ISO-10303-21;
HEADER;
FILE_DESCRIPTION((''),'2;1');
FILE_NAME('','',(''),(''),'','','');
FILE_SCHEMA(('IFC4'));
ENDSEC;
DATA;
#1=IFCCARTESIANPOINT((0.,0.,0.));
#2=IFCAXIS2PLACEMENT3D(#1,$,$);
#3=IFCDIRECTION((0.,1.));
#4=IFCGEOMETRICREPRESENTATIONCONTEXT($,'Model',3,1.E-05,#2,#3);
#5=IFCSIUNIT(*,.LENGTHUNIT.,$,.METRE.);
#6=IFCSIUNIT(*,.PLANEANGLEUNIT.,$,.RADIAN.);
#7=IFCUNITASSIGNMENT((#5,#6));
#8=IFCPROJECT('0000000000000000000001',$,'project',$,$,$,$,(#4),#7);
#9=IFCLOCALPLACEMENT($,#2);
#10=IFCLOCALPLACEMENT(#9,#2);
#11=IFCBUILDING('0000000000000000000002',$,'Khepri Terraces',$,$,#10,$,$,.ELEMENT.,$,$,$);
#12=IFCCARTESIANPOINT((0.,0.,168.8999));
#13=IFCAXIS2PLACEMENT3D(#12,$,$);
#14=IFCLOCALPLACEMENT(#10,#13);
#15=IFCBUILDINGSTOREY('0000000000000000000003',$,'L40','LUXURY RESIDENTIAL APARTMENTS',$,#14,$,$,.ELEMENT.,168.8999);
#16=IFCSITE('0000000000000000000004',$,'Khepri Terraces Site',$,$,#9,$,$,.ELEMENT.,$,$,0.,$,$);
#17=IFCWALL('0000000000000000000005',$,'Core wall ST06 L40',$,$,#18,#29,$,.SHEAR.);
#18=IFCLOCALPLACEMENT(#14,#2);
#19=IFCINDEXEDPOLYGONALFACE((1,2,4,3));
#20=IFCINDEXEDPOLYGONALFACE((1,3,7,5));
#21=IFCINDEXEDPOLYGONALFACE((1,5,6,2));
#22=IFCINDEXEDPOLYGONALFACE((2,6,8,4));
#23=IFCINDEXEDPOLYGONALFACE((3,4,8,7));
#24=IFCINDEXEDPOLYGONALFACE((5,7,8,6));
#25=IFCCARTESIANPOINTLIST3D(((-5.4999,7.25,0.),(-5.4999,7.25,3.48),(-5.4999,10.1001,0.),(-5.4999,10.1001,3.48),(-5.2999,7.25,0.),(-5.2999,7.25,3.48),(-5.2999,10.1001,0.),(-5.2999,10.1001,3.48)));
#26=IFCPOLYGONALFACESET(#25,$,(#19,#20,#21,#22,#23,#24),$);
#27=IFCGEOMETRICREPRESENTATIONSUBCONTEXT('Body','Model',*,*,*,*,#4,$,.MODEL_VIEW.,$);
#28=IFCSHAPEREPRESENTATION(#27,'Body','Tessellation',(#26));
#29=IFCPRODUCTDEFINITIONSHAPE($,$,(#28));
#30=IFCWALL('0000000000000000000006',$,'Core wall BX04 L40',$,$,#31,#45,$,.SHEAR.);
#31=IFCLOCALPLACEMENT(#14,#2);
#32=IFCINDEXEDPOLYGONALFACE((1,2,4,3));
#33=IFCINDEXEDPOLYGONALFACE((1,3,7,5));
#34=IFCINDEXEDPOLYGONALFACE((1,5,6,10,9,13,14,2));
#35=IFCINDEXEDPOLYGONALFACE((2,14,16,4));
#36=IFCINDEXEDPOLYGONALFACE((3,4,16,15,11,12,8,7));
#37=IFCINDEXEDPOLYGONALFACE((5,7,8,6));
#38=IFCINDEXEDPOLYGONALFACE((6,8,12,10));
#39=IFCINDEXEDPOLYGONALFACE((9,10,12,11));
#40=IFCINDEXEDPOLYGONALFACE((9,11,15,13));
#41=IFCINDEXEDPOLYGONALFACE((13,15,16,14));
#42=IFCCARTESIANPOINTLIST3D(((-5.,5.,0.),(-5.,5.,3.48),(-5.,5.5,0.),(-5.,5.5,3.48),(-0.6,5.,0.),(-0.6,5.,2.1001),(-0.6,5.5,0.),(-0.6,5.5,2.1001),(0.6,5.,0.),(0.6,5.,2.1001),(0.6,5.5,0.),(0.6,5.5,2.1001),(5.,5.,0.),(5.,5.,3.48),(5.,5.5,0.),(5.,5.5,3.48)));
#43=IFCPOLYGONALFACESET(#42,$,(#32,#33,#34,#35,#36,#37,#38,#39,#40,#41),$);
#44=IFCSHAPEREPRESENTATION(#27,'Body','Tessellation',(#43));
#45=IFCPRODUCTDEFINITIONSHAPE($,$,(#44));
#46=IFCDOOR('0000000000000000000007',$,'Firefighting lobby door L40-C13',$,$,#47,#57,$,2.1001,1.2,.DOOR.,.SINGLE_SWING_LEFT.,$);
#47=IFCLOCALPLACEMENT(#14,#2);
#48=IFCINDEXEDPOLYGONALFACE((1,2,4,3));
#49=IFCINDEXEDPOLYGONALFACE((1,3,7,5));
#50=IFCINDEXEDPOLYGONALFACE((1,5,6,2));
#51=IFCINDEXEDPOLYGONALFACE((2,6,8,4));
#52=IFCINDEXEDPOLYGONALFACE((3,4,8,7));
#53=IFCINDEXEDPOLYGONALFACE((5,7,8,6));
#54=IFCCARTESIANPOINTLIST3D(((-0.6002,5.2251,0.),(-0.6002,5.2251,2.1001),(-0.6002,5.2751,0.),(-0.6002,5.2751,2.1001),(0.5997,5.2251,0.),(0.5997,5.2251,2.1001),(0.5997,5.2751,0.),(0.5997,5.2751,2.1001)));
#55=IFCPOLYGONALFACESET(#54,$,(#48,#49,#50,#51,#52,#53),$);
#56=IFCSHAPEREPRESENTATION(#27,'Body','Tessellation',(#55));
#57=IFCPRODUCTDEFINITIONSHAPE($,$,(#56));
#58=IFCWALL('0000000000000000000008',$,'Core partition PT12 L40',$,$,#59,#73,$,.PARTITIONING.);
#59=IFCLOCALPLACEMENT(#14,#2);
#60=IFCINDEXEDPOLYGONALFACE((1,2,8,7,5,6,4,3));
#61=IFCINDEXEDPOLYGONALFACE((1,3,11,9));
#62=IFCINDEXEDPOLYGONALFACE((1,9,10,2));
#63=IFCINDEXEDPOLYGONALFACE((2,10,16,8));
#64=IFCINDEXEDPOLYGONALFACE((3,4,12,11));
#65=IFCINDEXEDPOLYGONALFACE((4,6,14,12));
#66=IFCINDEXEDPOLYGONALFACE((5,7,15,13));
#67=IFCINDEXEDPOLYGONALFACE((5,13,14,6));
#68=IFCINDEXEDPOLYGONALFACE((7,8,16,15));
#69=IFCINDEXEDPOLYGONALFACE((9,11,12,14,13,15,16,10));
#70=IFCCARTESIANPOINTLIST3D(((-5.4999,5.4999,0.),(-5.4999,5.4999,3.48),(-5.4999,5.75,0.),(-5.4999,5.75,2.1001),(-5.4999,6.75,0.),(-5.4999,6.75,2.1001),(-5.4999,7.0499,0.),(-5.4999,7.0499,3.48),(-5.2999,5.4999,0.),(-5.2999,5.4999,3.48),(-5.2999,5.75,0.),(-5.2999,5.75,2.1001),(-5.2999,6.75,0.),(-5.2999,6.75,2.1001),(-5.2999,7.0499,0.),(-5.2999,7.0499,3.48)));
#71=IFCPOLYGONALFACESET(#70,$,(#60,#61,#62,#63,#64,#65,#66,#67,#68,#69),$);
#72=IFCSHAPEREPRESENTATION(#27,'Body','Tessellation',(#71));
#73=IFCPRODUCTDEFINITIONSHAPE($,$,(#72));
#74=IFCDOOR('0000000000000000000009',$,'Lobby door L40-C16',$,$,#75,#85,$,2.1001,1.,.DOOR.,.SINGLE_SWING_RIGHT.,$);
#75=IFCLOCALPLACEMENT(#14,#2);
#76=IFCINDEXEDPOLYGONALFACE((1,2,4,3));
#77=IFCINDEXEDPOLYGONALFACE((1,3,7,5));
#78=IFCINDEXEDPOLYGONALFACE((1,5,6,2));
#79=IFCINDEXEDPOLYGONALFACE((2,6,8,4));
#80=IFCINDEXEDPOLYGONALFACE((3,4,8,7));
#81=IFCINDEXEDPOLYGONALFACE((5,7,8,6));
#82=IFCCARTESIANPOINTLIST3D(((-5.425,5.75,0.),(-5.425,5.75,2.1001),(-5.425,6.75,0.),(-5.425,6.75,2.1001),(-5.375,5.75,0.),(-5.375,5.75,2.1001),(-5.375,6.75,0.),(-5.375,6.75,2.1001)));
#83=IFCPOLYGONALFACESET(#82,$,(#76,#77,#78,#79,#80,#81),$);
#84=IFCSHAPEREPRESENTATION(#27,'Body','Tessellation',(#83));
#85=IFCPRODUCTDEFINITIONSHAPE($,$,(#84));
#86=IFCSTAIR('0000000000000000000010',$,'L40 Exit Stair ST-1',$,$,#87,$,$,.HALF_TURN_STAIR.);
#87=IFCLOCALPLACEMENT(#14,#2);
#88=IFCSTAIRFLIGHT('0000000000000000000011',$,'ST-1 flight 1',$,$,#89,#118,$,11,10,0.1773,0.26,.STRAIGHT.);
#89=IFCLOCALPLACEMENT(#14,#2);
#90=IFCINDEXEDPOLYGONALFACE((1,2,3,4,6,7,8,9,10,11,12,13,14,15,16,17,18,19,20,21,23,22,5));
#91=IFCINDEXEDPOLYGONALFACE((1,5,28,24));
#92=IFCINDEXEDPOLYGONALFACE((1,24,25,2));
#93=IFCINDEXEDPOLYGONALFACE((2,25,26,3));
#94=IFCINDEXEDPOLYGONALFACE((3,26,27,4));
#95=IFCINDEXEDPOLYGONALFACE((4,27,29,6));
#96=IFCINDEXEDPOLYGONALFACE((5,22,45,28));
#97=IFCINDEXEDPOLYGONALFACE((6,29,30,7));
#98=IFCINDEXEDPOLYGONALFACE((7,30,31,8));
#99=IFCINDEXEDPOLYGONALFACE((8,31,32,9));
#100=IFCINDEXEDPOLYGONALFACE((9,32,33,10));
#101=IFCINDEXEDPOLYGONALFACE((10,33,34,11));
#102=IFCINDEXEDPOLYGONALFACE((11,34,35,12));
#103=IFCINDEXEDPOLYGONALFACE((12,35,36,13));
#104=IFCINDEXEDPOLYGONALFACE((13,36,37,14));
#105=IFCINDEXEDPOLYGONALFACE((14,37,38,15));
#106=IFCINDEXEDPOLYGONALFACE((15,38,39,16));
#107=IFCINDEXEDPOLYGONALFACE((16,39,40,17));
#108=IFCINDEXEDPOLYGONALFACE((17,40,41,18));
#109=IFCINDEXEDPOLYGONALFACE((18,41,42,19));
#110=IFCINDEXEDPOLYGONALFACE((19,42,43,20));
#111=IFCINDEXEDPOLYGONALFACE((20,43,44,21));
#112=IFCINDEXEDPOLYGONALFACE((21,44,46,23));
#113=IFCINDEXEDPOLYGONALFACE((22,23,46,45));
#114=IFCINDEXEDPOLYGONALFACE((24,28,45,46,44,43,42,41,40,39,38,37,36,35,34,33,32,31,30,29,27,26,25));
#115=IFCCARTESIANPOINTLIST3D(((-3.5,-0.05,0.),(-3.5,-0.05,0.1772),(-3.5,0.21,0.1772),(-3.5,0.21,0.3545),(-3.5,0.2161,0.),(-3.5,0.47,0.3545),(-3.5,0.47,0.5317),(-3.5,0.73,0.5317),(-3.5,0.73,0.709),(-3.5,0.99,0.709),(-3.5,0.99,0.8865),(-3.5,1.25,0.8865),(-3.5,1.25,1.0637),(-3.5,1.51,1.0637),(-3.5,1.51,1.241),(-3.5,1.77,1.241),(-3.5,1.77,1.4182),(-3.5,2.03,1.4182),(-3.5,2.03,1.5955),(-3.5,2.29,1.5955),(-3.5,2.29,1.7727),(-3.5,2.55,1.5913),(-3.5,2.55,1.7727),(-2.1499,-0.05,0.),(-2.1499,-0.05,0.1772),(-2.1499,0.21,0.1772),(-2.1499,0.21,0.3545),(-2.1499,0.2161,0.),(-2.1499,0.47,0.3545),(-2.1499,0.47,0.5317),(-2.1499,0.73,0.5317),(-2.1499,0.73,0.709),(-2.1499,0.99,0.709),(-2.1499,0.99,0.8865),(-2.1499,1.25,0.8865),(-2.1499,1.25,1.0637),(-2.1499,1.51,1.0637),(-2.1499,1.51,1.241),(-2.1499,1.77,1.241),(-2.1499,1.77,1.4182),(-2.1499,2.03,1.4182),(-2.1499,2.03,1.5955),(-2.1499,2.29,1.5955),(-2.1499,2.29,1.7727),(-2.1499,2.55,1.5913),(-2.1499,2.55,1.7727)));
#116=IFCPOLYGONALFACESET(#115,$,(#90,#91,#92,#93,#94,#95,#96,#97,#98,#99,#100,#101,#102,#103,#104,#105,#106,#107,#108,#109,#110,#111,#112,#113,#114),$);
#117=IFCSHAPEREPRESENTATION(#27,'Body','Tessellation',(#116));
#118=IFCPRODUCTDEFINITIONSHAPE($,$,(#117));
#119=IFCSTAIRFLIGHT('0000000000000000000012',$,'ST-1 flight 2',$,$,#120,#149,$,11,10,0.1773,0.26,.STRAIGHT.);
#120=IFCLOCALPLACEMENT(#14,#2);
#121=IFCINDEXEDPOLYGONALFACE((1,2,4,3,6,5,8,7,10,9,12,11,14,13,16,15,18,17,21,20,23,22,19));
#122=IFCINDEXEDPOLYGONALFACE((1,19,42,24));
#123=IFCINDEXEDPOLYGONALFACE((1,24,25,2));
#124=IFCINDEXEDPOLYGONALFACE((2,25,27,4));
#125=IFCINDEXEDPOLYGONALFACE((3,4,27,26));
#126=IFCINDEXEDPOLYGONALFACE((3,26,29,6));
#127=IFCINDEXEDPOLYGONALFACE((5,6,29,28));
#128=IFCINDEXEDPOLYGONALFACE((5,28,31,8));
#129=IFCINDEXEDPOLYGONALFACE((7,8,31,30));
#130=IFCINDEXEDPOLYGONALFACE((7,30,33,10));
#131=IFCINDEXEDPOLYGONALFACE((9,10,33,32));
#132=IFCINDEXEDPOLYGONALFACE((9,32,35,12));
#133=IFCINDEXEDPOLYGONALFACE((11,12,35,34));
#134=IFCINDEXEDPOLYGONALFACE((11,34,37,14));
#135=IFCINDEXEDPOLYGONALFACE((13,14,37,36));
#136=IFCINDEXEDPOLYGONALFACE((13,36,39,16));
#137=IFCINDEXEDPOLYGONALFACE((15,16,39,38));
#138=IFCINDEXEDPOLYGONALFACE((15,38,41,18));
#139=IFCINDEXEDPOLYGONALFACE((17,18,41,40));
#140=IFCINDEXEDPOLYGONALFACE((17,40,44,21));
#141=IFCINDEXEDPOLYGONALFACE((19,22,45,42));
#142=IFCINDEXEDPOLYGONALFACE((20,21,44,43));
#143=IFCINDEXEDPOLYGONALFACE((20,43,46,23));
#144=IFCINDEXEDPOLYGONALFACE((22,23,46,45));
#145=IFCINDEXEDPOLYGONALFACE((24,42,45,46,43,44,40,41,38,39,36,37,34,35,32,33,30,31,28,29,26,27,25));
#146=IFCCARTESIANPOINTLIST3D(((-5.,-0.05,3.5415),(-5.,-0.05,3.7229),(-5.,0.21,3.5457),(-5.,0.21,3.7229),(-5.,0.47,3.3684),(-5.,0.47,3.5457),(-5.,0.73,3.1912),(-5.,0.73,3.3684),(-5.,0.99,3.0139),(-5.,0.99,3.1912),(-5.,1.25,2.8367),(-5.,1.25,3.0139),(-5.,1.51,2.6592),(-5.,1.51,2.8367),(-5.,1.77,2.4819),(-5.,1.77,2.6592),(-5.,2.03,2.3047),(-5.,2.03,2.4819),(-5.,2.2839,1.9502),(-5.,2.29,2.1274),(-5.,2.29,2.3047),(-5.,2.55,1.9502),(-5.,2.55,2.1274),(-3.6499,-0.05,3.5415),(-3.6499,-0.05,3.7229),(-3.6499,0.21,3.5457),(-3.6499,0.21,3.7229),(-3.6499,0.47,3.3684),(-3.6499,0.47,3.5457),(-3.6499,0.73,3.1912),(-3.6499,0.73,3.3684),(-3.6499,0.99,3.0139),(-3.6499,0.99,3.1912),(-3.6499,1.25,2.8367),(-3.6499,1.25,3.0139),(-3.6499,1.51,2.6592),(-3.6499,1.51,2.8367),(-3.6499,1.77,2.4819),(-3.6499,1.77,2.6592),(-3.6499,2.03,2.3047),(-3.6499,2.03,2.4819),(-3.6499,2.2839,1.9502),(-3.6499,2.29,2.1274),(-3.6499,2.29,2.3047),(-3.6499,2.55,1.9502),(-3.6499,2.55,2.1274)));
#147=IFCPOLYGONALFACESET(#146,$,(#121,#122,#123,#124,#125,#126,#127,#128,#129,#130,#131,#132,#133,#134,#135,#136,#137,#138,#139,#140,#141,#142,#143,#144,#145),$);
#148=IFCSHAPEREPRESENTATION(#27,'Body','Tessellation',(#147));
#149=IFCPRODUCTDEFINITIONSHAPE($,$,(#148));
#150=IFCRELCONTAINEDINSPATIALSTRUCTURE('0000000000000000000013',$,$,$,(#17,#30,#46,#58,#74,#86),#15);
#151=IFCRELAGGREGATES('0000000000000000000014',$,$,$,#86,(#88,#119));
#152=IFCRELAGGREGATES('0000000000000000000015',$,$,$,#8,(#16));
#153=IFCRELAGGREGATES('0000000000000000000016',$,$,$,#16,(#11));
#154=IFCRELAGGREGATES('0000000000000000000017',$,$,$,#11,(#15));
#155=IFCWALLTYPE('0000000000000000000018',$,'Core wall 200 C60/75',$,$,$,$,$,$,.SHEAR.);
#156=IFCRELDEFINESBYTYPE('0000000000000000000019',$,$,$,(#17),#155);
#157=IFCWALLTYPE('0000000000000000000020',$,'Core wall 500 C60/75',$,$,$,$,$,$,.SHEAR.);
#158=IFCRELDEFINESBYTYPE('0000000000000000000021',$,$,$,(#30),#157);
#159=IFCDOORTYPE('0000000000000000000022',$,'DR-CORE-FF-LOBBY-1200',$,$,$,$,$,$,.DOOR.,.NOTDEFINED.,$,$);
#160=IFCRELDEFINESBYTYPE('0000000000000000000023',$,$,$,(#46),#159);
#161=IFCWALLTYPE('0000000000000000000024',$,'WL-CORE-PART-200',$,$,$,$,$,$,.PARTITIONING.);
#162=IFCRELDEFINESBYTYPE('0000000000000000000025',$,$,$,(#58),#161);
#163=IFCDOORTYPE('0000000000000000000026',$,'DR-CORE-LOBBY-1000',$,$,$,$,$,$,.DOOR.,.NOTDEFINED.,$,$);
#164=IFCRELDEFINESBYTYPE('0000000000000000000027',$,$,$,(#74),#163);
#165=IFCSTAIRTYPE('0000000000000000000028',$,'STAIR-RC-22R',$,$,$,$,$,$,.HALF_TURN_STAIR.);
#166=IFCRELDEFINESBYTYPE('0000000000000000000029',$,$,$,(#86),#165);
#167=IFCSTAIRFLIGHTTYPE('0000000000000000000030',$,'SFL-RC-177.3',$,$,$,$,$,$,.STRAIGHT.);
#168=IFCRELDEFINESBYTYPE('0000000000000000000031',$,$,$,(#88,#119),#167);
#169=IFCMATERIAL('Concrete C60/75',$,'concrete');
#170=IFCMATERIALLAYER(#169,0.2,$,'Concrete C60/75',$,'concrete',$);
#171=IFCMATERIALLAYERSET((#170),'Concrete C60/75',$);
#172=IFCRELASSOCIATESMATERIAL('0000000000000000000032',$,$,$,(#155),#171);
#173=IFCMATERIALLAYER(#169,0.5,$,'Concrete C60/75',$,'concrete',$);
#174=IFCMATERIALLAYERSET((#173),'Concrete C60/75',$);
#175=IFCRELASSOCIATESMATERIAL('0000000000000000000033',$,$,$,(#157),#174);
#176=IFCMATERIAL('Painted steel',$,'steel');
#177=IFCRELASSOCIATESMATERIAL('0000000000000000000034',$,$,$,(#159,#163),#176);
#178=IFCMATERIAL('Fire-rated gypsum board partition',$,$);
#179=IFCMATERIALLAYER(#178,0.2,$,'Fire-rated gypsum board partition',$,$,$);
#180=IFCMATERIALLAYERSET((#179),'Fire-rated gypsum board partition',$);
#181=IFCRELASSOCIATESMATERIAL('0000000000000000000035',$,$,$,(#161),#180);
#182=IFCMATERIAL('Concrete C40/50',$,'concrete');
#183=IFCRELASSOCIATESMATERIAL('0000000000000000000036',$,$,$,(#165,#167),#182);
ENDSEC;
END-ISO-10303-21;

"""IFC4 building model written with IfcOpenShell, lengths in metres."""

from ifc_helpers import new_model, si_unit, direction, frame, frame_2d, origin, place, context, subcontext, project, spatial, polyline, rectangle, outline, extrude, material, layer, layer_set, type_object, element, fill, aggregate, save


model = new_model("IFC4")

# Units and contexts
model_context = context("Model", 3, precision=1e-05, world=origin(), true_north=direction((0.0, 1.0)))
body_context = subcontext(model_context, "Body", "Model", "MODEL_VIEW")
ifc_project = project(units=[si_unit("LENGTHUNIT", "METRE"), si_unit("PLANEANGLEUNIT", "RADIAN")], contexts=[model_context])

# Site, building, storey
site_placement = place(None, origin())
site = spatial("IfcSite", under=ifc_project, at=site_placement, Name="Khepri Terraces Site", CompositionType="ELEMENT", RefElevation=0.0)
building_placement = place(site_placement, origin())
building = spatial("IfcBuilding", under=site, at=building_placement, Name="Khepri Terraces", CompositionType="ELEMENT")
storey_placement = place(building_placement, frame((0.0, 0.0, 168.8999)))
storey = spatial("IfcBuildingStorey", under=building, at=storey_placement, Name="L40", Description="LUXURY RESIDENTIAL APARTMENTS", CompositionType="ELEMENT", Elevation=168.8999)

# Wall
ifc_material_1 = material(Name="Concrete C60/75", Category="concrete")
ifc_layer_1 = layer(ifc_material_1, 0.2, Name="Concrete C60/75", Category="concrete")
ifc_layer_set_1 = layer_set([ifc_layer_1], Name="Concrete C60/75")
wall_type_1 = type_object("IfcWallType", Name="Core wall 200 C60/75", PredefinedType="SHEAR", material=ifc_layer_set_1)
wall_1_placement = place(storey_placement, frame((-5.3999, 7.25, 0.0), z_axis=(0.0, 0.0, 1.0), x_axis=(0.0, 1.0, 0.0)))
element("IfcWall", 1, at=wall_1_placement, inside=storey, type_object=wall_type_1, Name="Core wall ST06 L40", PredefinedType="SHEAR", context=body_context, shape_type="SweptSolid", body=[
    extrude(rectangle(XDim=2.8501, YDim=0.2, at=frame_2d((1.425, 0.0))), origin(), (0.0, 0.0, 1.0), 3.48),
])

# Walls, openings, doors
ifc_layer_2 = layer(ifc_material_1, 0.5, Name="Concrete C60/75", Category="concrete")
ifc_layer_set_2 = layer_set([ifc_layer_2], Name="Concrete C60/75")
wall_type_2 = type_object("IfcWallType", Name="Core wall 500 C60/75", PredefinedType="SHEAR", material=ifc_layer_set_2)
wall_2_placement = place(storey_placement, frame((-5.0, 5.25, 0.0), z_axis=(0.0, 0.0, 1.0), x_axis=(1.0, 0.0, 0.0)))
wall_2 = element("IfcWall", 2, at=wall_2_placement, inside=storey, type_object=wall_type_2, Name="Core wall BX04 L40", PredefinedType="SHEAR", context=body_context, shape_type="SweptSolid", body=[
    extrude(rectangle(XDim=10.0, YDim=0.5, at=frame_2d((5.0, 0.0))), origin(), (0.0, 0.0, 1.0), 3.48),
])
opening_1_placement = place(wall_2_placement, frame((4.3999, 0.0, 0.0)))
opening_1 = element("IfcOpeningElement", 3, at=opening_1_placement, cuts=wall_2, PredefinedType="OPENING", context=body_context, shape_type="SweptSolid", body=[
    extrude(rectangle(XDim=1.2, YDim=2.1001, at=frame_2d((0.6001, 1.05))), frame((0.0, 0.26, 0.0), z_axis=(0.0, -1.0, 0.0), x_axis=(1.0, 0.0, 0.0)), (0.0, 0.0, 1.0), 0.52),
])
ifc_material_2 = material(Name="Painted steel", Category="steel")
door_type_1 = type_object("IfcDoorType", Name="DR-CORE-FF-LOBBY-1200", OperationType="NOTDEFINED", PredefinedType="DOOR", material=ifc_material_2)
door_1_placement = place(opening_1_placement, frame((1.2, 0.0, 0.0), z_axis=(0.0, 0.0, 1.0), x_axis=(-1.0, 0.0, 0.0)))
door_1 = element("IfcDoor", 4, at=door_1_placement, inside=storey, type_object=door_type_1, Name="Firefighting lobby door L40-C13", OperationType="SINGLE_SWING_LEFT", OverallHeight=2.1001, OverallWidth=1.2, PredefinedType="DOOR", context=body_context, shape_type="SweptSolid", body=[
    extrude(rectangle(XDim=1.2, YDim=2.1001, at=frame_2d((0.6001, 1.05))), frame((0.0, 0.0249, 0.0), z_axis=(0.0, -1.0, 0.0), x_axis=(1.0, 0.0, 0.0)), (0.0, 0.0, 1.0), 0.05),
])
fill(opening_1, door_1)
ifc_material_3 = material(Name="Fire-rated gypsum board partition")
ifc_layer_3 = layer(ifc_material_3, 0.2, Name="Fire-rated gypsum board partition")
ifc_layer_set_3 = layer_set([ifc_layer_3], Name="Fire-rated gypsum board partition")
wall_type_3 = type_object("IfcWallType", Name="WL-CORE-PART-200", PredefinedType="PARTITIONING", material=ifc_layer_set_3)
wall_3_placement = place(storey_placement, frame((-5.3999, 5.5, 0.0), z_axis=(0.0, 0.0, 1.0), x_axis=(0.0, 1.0, 0.0)))
wall_3 = element("IfcWall", 5, at=wall_3_placement, inside=storey, type_object=wall_type_3, Name="Core partition PT12 L40", PredefinedType="PARTITIONING", context=body_context, shape_type="SweptSolid", body=[
    extrude(rectangle(XDim=1.55, YDim=0.2, at=frame_2d((0.7749, 0.0))), origin(), (0.0, 0.0, 1.0), 3.48),
])
opening_2_placement = place(wall_3_placement, frame((0.25, 0.0, 0.0)))
opening_2 = element("IfcOpeningElement", 6, at=opening_2_placement, cuts=wall_3, PredefinedType="OPENING", context=body_context, shape_type="SweptSolid", body=[
    extrude(rectangle(XDim=1.0, YDim=2.1001, at=frame_2d((0.5, 1.05))), frame((0.0, 0.1099, 0.0), z_axis=(0.0, -1.0, 0.0), x_axis=(1.0, 0.0, 0.0)), (0.0, 0.0, 1.0), 0.22),
])
door_type_2 = type_object("IfcDoorType", Name="DR-CORE-LOBBY-1000", OperationType="NOTDEFINED", PredefinedType="DOOR", material=ifc_material_2)
door_2_placement = place(opening_2_placement, frame((1.0, 0.0, 0.0), z_axis=(0.0, 0.0, 1.0), x_axis=(-1.0, 0.0, 0.0)))
door_2 = element("IfcDoor", 7, at=door_2_placement, inside=storey, type_object=door_type_2, Name="Lobby door L40-C16", OperationType="SINGLE_SWING_RIGHT", OverallHeight=2.1001, OverallWidth=1.0, PredefinedType="DOOR", context=body_context, shape_type="SweptSolid", body=[
    extrude(rectangle(XDim=1.0, YDim=2.1001, at=frame_2d((0.5, 1.05))), frame((0.0, 0.0249, 0.0), z_axis=(0.0, -1.0, 0.0), x_axis=(1.0, 0.0, 0.0)), (0.0, 0.0, 1.0), 0.05),
])
fill(opening_2, door_2)

# Stair, stair flights
ifc_material_4 = material(Name="Concrete C40/50", Category="concrete")
stair_type = type_object("IfcStairType", Name="STAIR-RC-22R", PredefinedType="HALF_TURN_STAIR", material=ifc_material_4)
stair_1_placement = place(storey_placement, origin())
stair_1 = element("IfcStair", 8, at=stair_1_placement, inside=storey, type_object=stair_type, Name="L40 Exit Stair ST-1", PredefinedType="HALF_TURN_STAIR")
stair_flight_type = type_object("IfcStairFlightType", Name="SFL-RC-177.3", PredefinedType="STRAIGHT", material=ifc_material_4)
stair_flight_1_placement = place(storey_placement, frame((-2.825, -0.05, 0.0), z_axis=(0.0, 0.0, 1.0), x_axis=(0.0, 1.0, 0.0)))
stair_flight_1 = element("IfcStairFlight", 9, at=stair_flight_1_placement, type_object=stair_flight_type, Name="ST-1 flight 1", NumberOfRisers=11, NumberOfTreads=10, PredefinedType="STRAIGHT", RiserHeight=0.1773, TreadLength=0.26, context=body_context, shape_type="SweptSolid", body=[
    extrude(outline(polyline([(0.0, 0.0), (0.0, 0.1772), (0.26, 0.1772), (0.26, 0.3545), (0.52, 0.3545), (0.52, 0.5317), (0.78, 0.5317), (0.78, 0.709), (1.04, 0.709), (1.04, 0.8865), (1.3, 0.8865), (1.3, 1.0637), (1.5601, 1.0637), (1.5601, 1.241), (1.8201, 1.241), (1.8201, 1.4182), (2.0801, 1.4182), (2.0801, 1.5955), (2.3401, 1.5955), (2.3401, 1.7727), (2.6001, 1.7727), (2.6001, 1.95), (2.6001, 1.5913), (0.2661, 0.0), (0.0, 0.0)])), frame((0.0, 0.675, 0.0), z_axis=(0.0, -1.0, 0.0), x_axis=(1.0, 0.0, 0.0)), (0.0, 0.0, 1.0), 1.3501),
])
stair_flight_2_placement = place(storey_placement, frame((-4.325, 2.55, 1.9502), z_axis=(0.0, 0.0, 1.0), x_axis=(0.0, -1.0, 0.0)))
stair_flight_2 = element("IfcStairFlight", 10, at=stair_flight_2_placement, type_object=stair_flight_type, Name="ST-1 flight 2", NumberOfRisers=11, NumberOfTreads=10, PredefinedType="STRAIGHT", RiserHeight=0.1773, TreadLength=0.26, context=body_context, shape_type="SweptSolid", body=[
    extrude(outline(polyline([(0.0, 0.0), (0.0, 0.1772), (0.26, 0.1772), (0.26, 0.3545), (0.52, 0.3545), (0.52, 0.5317), (0.78, 0.5317), (0.78, 0.709), (1.04, 0.709), (1.04, 0.8865), (1.3, 0.8865), (1.3, 1.0637), (1.5601, 1.0637), (1.5601, 1.241), (1.8201, 1.241), (1.8201, 1.4182), (2.0801, 1.4182), (2.0801, 1.5955), (2.3401, 1.5955), (2.3401, 1.7727), (2.6001, 1.7727), (2.6001, 1.95), (2.6001, 1.5913), (0.2661, 0.0), (0.0, 0.0)])), frame((0.0, 0.675, 0.0), z_axis=(0.0, -1.0, 0.0), x_axis=(1.0, 0.0, 0.0)), (0.0, 0.0, 1.0), 1.3501),
])
aggregate(stair_1, [stair_flight_1, stair_flight_2])

save(model, "model.ifc")
